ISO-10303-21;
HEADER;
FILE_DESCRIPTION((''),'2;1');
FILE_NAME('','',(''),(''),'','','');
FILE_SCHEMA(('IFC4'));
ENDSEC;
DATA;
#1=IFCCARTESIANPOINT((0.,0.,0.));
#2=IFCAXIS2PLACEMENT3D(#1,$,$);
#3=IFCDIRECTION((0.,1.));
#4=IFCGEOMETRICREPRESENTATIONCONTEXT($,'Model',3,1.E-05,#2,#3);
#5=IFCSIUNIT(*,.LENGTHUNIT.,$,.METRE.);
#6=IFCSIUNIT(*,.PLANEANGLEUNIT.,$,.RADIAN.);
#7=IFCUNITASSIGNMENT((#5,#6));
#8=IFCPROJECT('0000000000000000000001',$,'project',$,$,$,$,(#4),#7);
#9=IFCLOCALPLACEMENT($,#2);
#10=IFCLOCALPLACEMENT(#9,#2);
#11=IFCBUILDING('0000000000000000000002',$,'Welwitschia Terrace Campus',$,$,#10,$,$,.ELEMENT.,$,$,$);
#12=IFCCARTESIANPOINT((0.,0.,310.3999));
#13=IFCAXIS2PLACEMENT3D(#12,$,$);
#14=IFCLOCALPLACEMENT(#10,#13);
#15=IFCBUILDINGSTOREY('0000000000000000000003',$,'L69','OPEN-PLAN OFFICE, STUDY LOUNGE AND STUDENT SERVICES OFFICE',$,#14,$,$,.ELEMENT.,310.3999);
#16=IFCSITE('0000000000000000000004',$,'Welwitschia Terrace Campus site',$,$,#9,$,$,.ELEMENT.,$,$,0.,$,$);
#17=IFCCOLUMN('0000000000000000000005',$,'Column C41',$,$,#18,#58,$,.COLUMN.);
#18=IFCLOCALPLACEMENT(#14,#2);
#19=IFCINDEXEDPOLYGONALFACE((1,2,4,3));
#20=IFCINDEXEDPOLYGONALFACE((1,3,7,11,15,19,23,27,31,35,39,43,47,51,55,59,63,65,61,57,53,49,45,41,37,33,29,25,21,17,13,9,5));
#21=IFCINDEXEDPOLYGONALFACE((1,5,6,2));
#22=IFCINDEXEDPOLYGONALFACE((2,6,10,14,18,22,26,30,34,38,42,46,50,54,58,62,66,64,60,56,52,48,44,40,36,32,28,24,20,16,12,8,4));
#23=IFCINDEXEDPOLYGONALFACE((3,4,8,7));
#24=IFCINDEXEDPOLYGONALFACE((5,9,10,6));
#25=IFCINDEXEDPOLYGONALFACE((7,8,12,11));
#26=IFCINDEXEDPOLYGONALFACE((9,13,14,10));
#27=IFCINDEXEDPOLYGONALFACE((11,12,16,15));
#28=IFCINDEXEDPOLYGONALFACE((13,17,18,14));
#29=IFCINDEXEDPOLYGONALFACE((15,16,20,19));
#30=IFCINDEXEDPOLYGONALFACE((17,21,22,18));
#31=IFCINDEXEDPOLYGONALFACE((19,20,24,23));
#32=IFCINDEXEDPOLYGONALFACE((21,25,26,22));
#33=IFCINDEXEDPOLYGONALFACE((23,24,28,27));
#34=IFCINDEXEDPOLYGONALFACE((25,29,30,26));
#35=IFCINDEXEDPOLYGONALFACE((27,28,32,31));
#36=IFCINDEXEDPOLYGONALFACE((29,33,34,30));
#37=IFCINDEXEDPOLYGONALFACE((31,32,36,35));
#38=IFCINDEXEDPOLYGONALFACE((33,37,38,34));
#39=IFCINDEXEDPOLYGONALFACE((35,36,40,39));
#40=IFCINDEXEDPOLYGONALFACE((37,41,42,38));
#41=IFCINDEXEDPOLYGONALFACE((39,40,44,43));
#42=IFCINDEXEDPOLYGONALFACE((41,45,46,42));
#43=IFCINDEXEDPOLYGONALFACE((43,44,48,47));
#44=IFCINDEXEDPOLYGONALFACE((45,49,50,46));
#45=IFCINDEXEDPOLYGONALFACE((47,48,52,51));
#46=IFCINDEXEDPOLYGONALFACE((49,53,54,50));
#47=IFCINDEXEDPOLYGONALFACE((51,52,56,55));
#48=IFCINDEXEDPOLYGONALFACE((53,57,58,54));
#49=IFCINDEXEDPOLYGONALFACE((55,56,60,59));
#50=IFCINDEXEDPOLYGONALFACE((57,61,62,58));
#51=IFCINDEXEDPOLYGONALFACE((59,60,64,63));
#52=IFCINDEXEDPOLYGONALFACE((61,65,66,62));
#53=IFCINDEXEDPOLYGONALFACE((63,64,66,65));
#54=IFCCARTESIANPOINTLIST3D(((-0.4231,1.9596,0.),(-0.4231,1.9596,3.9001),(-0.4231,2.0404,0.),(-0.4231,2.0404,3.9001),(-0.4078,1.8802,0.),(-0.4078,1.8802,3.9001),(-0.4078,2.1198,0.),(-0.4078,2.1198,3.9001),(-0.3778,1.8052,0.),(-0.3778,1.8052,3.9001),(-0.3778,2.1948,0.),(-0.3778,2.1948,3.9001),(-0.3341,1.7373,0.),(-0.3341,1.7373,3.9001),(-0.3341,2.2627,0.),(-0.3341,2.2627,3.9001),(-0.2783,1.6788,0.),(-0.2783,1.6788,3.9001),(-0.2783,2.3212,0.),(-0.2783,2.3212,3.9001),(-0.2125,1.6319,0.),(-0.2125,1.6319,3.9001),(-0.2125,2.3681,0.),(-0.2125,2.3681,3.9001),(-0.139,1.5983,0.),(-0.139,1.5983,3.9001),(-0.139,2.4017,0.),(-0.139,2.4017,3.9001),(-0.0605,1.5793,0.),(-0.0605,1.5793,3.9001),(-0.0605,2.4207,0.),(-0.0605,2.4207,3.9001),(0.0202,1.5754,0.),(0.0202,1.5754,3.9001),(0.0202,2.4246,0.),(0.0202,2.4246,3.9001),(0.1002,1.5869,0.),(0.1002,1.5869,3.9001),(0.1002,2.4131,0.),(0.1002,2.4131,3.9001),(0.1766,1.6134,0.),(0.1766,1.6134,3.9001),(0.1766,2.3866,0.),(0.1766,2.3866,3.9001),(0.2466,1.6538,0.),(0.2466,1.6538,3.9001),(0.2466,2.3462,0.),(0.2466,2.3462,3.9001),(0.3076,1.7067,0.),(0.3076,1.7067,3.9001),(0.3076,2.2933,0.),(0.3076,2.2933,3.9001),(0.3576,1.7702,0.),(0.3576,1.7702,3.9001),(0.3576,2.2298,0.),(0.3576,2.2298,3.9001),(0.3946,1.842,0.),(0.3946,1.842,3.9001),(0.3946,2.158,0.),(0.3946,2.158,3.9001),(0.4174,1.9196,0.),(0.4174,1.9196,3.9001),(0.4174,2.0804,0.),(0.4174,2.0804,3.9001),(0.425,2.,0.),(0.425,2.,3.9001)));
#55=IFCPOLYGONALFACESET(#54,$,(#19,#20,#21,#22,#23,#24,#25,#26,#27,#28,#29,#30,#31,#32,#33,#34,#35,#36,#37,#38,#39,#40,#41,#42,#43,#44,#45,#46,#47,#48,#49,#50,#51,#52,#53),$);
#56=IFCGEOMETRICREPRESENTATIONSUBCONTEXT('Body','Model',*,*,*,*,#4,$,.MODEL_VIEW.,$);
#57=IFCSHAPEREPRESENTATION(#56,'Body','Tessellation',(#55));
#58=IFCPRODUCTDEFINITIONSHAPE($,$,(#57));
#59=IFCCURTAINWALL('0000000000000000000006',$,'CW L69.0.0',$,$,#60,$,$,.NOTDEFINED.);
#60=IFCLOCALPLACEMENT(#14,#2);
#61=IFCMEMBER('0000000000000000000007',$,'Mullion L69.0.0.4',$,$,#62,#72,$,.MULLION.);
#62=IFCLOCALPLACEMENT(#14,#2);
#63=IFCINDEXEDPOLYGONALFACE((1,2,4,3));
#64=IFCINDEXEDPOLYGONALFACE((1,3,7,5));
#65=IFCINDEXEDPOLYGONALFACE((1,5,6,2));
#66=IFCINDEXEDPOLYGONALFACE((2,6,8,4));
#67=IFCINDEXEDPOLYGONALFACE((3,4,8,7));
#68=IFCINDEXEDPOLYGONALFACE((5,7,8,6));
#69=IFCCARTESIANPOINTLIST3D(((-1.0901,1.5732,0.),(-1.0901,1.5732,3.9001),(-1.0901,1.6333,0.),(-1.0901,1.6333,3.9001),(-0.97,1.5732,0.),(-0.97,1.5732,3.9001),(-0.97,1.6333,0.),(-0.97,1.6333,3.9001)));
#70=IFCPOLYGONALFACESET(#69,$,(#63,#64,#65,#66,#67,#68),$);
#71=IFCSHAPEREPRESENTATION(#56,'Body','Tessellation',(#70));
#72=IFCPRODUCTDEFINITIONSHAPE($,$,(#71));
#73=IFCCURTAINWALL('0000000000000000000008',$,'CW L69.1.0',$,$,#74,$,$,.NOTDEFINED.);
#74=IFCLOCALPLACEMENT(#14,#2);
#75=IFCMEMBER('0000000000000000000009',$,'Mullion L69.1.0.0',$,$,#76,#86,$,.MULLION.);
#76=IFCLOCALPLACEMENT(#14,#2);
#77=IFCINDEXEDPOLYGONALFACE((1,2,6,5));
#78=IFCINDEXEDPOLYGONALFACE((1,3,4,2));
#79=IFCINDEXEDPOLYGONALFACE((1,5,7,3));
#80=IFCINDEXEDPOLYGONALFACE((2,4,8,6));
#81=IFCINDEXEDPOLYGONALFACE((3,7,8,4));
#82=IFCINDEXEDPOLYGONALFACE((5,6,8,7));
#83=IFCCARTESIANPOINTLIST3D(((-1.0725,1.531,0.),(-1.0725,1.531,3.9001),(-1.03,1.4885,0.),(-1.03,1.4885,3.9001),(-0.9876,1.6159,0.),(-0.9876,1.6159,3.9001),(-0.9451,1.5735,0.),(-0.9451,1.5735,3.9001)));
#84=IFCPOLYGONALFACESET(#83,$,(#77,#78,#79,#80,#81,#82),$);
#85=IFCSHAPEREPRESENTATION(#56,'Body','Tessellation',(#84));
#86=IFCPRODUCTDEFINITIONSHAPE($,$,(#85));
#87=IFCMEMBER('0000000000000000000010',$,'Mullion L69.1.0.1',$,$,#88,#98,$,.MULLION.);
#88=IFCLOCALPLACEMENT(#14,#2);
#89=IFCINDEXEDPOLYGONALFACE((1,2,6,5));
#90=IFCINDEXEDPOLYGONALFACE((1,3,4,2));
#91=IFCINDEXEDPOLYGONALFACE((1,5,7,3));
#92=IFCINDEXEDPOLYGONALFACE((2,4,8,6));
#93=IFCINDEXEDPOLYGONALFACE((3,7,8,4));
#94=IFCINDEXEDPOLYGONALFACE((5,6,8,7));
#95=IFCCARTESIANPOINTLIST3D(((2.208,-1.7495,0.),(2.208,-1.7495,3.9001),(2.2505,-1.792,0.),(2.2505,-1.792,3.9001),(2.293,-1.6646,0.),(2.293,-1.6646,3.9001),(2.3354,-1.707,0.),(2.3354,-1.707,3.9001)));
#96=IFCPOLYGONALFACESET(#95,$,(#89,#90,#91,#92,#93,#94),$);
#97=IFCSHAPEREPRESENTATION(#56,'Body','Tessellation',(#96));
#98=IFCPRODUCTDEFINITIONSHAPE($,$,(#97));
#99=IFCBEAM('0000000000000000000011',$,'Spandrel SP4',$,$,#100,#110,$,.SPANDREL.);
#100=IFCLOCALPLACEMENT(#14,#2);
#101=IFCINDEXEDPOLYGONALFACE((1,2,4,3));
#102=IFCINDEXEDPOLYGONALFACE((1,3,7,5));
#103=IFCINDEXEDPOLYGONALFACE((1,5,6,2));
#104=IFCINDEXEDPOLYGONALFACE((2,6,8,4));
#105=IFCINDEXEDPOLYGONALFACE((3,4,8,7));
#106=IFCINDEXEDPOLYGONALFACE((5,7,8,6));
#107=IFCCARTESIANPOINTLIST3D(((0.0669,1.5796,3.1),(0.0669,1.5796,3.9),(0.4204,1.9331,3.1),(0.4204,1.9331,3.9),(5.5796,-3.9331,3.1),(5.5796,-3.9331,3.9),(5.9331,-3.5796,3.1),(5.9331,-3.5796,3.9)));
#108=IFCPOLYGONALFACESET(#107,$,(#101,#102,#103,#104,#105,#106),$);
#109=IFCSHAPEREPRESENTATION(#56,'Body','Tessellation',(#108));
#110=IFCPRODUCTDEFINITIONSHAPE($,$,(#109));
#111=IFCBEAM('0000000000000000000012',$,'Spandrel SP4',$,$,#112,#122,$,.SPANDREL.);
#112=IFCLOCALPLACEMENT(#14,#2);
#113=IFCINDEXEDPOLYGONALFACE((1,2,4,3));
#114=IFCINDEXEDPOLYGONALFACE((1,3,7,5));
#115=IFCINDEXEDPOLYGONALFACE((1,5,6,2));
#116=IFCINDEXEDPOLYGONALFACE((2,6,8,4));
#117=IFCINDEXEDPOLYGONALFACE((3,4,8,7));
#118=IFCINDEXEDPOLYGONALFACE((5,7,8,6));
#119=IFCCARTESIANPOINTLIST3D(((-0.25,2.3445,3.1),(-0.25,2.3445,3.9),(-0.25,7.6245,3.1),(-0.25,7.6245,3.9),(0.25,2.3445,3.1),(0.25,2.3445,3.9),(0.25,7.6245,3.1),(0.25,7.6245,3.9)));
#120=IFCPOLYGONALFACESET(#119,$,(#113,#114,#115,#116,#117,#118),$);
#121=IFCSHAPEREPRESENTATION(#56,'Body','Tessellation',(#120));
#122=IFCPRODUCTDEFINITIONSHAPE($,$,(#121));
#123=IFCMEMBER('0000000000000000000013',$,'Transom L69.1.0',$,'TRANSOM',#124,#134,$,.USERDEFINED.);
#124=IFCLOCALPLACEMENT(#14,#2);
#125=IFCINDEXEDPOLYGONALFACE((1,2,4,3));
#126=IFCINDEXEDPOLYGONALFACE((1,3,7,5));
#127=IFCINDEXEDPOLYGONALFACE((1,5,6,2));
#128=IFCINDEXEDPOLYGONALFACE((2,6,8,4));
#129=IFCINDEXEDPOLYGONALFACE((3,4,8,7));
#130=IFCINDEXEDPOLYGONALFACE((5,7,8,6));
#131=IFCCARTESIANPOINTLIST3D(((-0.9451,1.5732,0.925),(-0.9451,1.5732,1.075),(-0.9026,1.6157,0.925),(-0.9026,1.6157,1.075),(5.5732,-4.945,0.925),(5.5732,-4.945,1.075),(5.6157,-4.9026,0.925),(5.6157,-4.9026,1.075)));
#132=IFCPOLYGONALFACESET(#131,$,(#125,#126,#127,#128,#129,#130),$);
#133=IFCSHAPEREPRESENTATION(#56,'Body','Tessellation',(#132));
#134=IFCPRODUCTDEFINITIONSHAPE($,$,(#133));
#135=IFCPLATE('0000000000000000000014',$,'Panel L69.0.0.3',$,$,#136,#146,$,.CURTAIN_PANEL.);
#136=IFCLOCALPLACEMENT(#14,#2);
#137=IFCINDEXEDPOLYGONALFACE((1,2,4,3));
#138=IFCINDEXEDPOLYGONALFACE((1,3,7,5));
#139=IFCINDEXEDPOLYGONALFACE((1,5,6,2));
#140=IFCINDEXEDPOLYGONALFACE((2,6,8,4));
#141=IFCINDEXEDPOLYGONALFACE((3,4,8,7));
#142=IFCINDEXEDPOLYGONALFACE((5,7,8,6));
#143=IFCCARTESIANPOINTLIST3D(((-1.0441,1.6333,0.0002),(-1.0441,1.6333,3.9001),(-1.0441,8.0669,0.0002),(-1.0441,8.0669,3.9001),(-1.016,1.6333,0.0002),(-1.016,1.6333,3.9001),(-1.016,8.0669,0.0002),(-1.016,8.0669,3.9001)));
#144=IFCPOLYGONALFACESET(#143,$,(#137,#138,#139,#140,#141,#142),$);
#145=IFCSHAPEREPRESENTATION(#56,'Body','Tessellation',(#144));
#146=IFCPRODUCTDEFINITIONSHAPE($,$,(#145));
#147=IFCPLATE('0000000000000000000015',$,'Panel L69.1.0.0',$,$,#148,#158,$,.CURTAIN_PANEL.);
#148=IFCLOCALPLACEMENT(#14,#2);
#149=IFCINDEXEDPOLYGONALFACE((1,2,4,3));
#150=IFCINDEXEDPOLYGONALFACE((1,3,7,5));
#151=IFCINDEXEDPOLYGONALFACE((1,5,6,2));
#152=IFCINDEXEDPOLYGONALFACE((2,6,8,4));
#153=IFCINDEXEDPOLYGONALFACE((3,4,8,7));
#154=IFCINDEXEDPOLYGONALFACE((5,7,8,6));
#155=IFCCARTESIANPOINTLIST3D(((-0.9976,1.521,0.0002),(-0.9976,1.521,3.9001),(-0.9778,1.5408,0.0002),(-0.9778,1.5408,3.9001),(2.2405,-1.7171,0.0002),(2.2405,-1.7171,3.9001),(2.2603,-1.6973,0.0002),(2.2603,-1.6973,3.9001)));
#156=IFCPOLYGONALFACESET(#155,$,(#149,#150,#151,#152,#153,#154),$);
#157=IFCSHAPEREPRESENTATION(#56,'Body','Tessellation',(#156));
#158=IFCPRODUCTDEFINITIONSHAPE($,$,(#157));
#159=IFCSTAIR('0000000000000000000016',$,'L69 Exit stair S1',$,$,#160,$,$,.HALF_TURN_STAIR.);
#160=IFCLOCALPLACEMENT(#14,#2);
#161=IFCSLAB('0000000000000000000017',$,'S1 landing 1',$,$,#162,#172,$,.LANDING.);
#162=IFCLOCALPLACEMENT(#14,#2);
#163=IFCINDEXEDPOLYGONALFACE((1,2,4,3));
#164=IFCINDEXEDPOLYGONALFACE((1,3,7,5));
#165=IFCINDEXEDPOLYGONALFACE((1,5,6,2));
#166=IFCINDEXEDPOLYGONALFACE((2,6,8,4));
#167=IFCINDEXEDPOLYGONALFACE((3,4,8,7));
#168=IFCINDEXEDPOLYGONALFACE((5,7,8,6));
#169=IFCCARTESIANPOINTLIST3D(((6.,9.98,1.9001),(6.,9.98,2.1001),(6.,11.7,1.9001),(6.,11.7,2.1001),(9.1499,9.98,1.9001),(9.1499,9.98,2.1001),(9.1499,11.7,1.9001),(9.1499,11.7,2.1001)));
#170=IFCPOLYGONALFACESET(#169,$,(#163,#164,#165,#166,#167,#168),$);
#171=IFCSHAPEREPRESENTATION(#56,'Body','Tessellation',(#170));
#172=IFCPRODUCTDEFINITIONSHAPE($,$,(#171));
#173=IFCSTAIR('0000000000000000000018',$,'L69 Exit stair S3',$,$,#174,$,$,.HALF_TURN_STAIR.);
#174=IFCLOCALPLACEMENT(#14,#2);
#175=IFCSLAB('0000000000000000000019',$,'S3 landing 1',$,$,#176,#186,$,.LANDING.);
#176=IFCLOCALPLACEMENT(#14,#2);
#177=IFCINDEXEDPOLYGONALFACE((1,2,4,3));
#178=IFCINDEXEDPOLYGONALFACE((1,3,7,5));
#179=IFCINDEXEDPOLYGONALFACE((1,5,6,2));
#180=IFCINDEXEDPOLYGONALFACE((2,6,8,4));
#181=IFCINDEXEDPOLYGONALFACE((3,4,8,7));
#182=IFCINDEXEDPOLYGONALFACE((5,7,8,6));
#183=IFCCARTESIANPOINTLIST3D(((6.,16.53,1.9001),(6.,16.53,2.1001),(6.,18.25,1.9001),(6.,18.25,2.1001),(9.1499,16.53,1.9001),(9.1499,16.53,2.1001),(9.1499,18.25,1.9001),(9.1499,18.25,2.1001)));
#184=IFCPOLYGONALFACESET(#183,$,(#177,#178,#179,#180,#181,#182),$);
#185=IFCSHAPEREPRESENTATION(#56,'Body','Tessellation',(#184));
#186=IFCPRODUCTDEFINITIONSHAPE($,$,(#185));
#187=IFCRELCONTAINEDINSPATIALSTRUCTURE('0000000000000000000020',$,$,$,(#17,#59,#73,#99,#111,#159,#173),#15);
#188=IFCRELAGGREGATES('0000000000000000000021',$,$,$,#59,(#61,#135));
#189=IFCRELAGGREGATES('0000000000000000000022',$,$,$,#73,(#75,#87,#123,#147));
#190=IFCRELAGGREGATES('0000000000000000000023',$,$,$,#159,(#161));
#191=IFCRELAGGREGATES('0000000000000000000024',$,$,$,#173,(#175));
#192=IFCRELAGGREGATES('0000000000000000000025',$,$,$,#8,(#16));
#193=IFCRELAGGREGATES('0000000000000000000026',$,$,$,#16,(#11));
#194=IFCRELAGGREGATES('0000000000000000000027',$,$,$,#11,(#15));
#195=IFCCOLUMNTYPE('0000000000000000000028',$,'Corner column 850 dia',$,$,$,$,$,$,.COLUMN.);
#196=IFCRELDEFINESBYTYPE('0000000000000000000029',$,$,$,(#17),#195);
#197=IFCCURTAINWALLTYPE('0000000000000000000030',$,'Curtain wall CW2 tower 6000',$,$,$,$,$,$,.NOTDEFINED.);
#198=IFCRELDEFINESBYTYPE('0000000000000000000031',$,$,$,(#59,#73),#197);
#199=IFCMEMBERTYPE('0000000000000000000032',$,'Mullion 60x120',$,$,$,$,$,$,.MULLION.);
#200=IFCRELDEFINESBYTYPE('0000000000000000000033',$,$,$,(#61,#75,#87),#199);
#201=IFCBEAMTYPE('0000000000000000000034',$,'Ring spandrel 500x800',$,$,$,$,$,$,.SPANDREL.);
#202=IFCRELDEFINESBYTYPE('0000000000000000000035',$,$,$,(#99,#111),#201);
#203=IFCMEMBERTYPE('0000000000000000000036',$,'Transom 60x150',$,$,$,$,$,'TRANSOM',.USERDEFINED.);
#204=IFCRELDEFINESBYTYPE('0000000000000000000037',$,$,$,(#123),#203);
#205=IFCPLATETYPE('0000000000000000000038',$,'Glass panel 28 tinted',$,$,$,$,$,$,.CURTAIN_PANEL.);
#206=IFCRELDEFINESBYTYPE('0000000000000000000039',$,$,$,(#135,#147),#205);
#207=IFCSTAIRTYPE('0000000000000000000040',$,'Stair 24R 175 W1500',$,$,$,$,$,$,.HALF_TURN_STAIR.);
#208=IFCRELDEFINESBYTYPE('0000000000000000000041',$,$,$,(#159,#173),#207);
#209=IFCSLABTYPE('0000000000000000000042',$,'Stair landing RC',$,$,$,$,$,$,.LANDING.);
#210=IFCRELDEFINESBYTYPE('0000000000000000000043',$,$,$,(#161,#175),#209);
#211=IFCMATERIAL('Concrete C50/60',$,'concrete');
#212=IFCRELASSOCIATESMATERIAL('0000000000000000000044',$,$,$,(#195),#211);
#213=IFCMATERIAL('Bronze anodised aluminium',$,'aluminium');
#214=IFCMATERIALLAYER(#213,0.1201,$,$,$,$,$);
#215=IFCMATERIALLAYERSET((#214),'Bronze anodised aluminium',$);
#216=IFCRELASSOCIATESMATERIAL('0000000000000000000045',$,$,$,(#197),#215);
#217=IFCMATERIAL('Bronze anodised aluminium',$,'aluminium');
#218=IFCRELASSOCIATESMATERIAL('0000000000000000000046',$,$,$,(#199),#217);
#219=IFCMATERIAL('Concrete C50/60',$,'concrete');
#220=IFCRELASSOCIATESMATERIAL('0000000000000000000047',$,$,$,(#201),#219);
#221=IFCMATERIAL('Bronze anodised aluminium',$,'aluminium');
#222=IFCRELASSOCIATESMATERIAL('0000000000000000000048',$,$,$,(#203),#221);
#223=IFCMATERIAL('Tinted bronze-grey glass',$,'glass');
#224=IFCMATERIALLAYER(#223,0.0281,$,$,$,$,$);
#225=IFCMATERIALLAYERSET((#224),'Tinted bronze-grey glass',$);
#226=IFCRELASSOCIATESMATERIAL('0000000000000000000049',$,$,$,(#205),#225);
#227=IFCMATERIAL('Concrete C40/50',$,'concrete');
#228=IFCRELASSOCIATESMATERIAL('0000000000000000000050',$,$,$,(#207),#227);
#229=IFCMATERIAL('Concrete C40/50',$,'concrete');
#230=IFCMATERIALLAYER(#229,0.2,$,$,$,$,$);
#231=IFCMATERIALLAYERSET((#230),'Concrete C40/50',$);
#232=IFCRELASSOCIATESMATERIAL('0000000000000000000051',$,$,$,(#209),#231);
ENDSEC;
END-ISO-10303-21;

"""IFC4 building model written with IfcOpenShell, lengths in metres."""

from ifc_helpers import new_model, si_unit, direction, frame, origin, origin_2d, place, context, subcontext, project, spatial, polyline, rectangle, circle, outline, extrude, material, layer, layer_set, material_profile, profile_set, type_object, element, aggregate, save


model = new_model("IFC4")

# Units and contexts
model_context = context("Model", 3, precision=1e-05, world=origin(), true_north=direction((0.0, 1.0)))
body_context = subcontext(model_context, "Body", "Model", "MODEL_VIEW")
ifc_project = project(units=[si_unit("LENGTHUNIT", "METRE"), si_unit("PLANEANGLEUNIT", "RADIAN")], contexts=[model_context])

# Site, building, storey
site_placement = place(None, origin())
site = spatial("IfcSite", under=ifc_project, at=site_placement, Name="Welwitschia Terrace Campus site", CompositionType="ELEMENT", RefElevation=0.0)
building_placement = place(site_placement, origin())
building = spatial("IfcBuilding", under=site, at=building_placement, Name="Welwitschia Terrace Campus", CompositionType="ELEMENT")
storey_placement = place(building_placement, frame((0.0, 0.0, 310.3999)))
storey = spatial("IfcBuildingStorey", under=building, at=storey_placement, Name="L69", Description="OPEN-PLAN OFFICE, STUDY LOUNGE AND STUDENT SERVICES OFFICE", CompositionType="ELEMENT", Elevation=310.3999)

# Column
ifc_material_1 = material(Name="Concrete C50/60", Category="concrete")
ifc_material_profile_1 = material_profile(ifc_material_1, circle(Radius=0.425, at=origin_2d()))
ifc_profile_set_1 = profile_set([ifc_material_profile_1], Name="Concrete C50/60")
column_type = type_object("IfcColumnType", Name="Corner column 850 dia", PredefinedType="COLUMN", material=ifc_profile_set_1)
column_placement = place(storey_placement, frame((0.0, 2.0, 0.0), z_axis=(0.0, 0.0, 1.0), x_axis=(1.0, 0.0, 0.0)))
element("IfcColumn", 1, at=column_placement, inside=storey, type_object=column_type, Name="Column C41", PredefinedType="COLUMN", context=body_context, shape_type="SweptSolid", body=[
    extrude(circle(Radius=0.425, at=origin_2d()), origin(), (0.0, 0.0, 1.0), 3.9001),
])

# Curtain wall, member
ifc_material_2 = material(Name="Bronze anodised aluminium", Category="aluminium")
ifc_layer_1 = layer(ifc_material_2, 0.1201)
ifc_layer_set_1 = layer_set([ifc_layer_1], Name="Bronze anodised aluminium")
curtain_wall_type = type_object("IfcCurtainWallType", Name="Curtain wall CW2 tower 6000", PredefinedType="NOTDEFINED", material=ifc_layer_set_1)
curtain_wall_1_placement = place(storey_placement, origin())
curtain_wall_1 = element("IfcCurtainWall", 2, at=curtain_wall_1_placement, inside=storey, type_object=curtain_wall_type, Name="CW L69.0.0", PredefinedType="NOTDEFINED")
ifc_material_3 = material(Name="Bronze anodised aluminium", Category="aluminium")
ifc_material_profile_2 = material_profile(ifc_material_3, rectangle(XDim=0.1201, YDim=0.0601, at=origin_2d()))
ifc_profile_set_2 = profile_set([ifc_material_profile_2], Name="Bronze anodised aluminium")
member_type_1 = type_object("IfcMemberType", Name="Mullion 60x120", PredefinedType="MULLION", material=ifc_profile_set_2)
member_1_placement = place(storey_placement, frame((-1.03, 1.6033, 0.0), z_axis=(0.0, 0.0, 1.0), x_axis=(1.0, 0.0, 0.0)))
member_1 = element("IfcMember", 3, at=member_1_placement, type_object=member_type_1, Name="Mullion L69.0.0.4", PredefinedType="MULLION", context=body_context, shape_type="SweptSolid", body=[
    extrude(rectangle(XDim=0.1201, YDim=0.0601, at=origin_2d()), origin(), (0.0, 0.0, 1.0), 3.9001),
])

# Curtain wall, members
curtain_wall_2_placement = place(storey_placement, origin())
curtain_wall_2 = element("IfcCurtainWall", 4, at=curtain_wall_2_placement, inside=storey, type_object=curtain_wall_type, Name="CW L69.1.0", PredefinedType="NOTDEFINED")
member_2_placement = place(storey_placement, frame((-1.0088, 1.5522, 0.0), z_axis=(0.0, 0.0, 1.0), x_axis=(0.707107, 0.707107, 0.0)))
member_2 = element("IfcMember", 5, at=member_2_placement, type_object=member_type_1, Name="Mullion L69.1.0.0", PredefinedType="MULLION", context=body_context, shape_type="SweptSolid", body=[
    extrude(rectangle(XDim=0.1201, YDim=0.0601, at=origin_2d()), origin(), (0.0, 0.0, 1.0), 3.9001),
])
member_3_placement = place(storey_placement, frame((2.2717, -1.7283, 0.0), z_axis=(0.0, 0.0, 1.0), x_axis=(0.707107, 0.707107, 0.0)))
member_3 = element("IfcMember", 6, at=member_3_placement, type_object=member_type_1, Name="Mullion L69.1.0.1", PredefinedType="MULLION", context=body_context, shape_type="SweptSolid", body=[
    extrude(rectangle(XDim=0.1201, YDim=0.0601, at=origin_2d()), origin(), (0.0, 0.0, 1.0), 3.9001),
])

# Beams
ifc_material_4 = material(Name="Concrete C50/60", Category="concrete")
ifc_material_profile_3 = material_profile(ifc_material_4, rectangle(XDim=0.5, YDim=0.8, at=origin_2d()))
ifc_profile_set_3 = profile_set([ifc_material_profile_3], Name="Concrete C50/60")
beam_type = type_object("IfcBeamType", Name="Ring spandrel 500x800", PredefinedType="SPANDREL", material=ifc_profile_set_3)
beam_1_placement = place(storey_placement, frame((0.2437, 1.7563, 3.5), z_axis=(0.707107, -0.707107, 0.0), x_axis=(0.707107, 0.707107, 0.0)))
element("IfcBeam", 7, at=beam_1_placement, inside=storey, type_object=beam_type, Name="Spandrel SP4", PredefinedType="SPANDREL", context=body_context, shape_type="SweptSolid", body=[
    extrude(rectangle(XDim=0.5, YDim=0.8, at=origin_2d()), origin(), (0.0, 0.0, 1.0), 7.7961),
])
beam_2_placement = place(storey_placement, frame((0.0, 7.6245, 3.5), z_axis=(0.0, -1.0, 0.0), x_axis=(1.0, 0.0, 0.0)))
element("IfcBeam", 8, at=beam_2_placement, inside=storey, type_object=beam_type, Name="Spandrel SP4", PredefinedType="SPANDREL", context=body_context, shape_type="SweptSolid", body=[
    extrude(rectangle(XDim=0.5, YDim=0.8, at=origin_2d()), origin(), (0.0, 0.0, 1.0), 5.28),
])

# Member
ifc_material_5 = material(Name="Bronze anodised aluminium", Category="aluminium")
ifc_material_profile_4 = material_profile(ifc_material_5, rectangle(XDim=0.0601, YDim=0.1499, at=origin_2d()))
ifc_profile_set_4 = profile_set([ifc_material_profile_4], Name="Bronze anodised aluminium")
member_type_2 = type_object("IfcMemberType", Name="Transom 60x150", ElementType="TRANSOM", PredefinedType="USERDEFINED", material=ifc_profile_set_4)
member_4_placement = place(storey_placement, frame((-0.9238, 1.5945, 1.0), z_axis=(0.707107, -0.707107, 0.0), x_axis=(0.707107, 0.707107, 0.0)))
member_4 = element("IfcMember", 9, at=member_4_placement, type_object=member_type_2, Name="Transom L69.1.0", ObjectType="TRANSOM", PredefinedType="USERDEFINED", context=body_context, shape_type="SweptSolid", body=[
    extrude(rectangle(XDim=0.0601, YDim=0.1499, at=origin_2d()), origin(), (0.0, 0.0, 1.0), 9.2183),
])

# Plates
ifc_material_6 = material(Name="Tinted bronze-grey glass", Category="glass")
ifc_layer_2 = layer(ifc_material_6, 0.0281)
ifc_layer_set_2 = layer_set([ifc_layer_2], Name="Tinted bronze-grey glass")
plate_type = type_object("IfcPlateType", Name="Glass panel 28 tinted", PredefinedType="CURTAIN_PANEL", material=ifc_layer_set_2)
plate_1_placement = place(storey_placement, frame((-1.03, 4.8501, 0.0002), z_axis=(0.0, 0.0, 1.0), x_axis=(0.0, -1.0, 0.0)))
plate_1 = element("IfcPlate", 10, at=plate_1_placement, type_object=plate_type, Name="Panel L69.0.0.3", PredefinedType="CURTAIN_PANEL", context=body_context, shape_type="SweptSolid", body=[
    extrude(rectangle(XDim=6.4336, YDim=0.0281, at=origin_2d()), origin(), (0.0, 0.0, 1.0), 3.8999),
])
aggregate(curtain_wall_1, [member_1, plate_1])
plate_2_placement = place(storey_placement, frame((0.6313, -0.0881, 0.0002), z_axis=(0.0, 0.0, 1.0), x_axis=(0.707107, -0.707107, 0.0)))
plate_2 = element("IfcPlate", 11, at=plate_2_placement, type_object=plate_type, Name="Panel L69.1.0.0", PredefinedType="CURTAIN_PANEL", context=body_context, shape_type="SweptSolid", body=[
    extrude(rectangle(XDim=4.5793, YDim=0.0281, at=origin_2d()), origin(), (0.0, 0.0, 1.0), 3.8999),
])
aggregate(curtain_wall_2, [member_2, member_3, member_4, plate_2])

# Stairs, slabs
ifc_material_7 = material(Name="Concrete C40/50", Category="concrete")
stair_type = type_object("IfcStairType", Name="Stair 24R 175 W1500", PredefinedType="HALF_TURN_STAIR", material=ifc_material_7)
stair_1_placement = place(storey_placement, origin())
stair_1 = element("IfcStair", 12, at=stair_1_placement, inside=storey, type_object=stair_type, Name="L69 Exit stair S1", PredefinedType="HALF_TURN_STAIR")
ifc_material_8 = material(Name="Concrete C40/50", Category="concrete")
ifc_layer_3 = layer(ifc_material_8, 0.2)
ifc_layer_set_3 = layer_set([ifc_layer_3], Name="Concrete C40/50")
slab_type_1 = type_object("IfcSlabType", Name="Stair landing RC", PredefinedType="LANDING", material=ifc_layer_set_3)
slab_1_placement = place(storey_placement, frame((0.0, 0.0, 1.9001)))
slab_1 = element("IfcSlab", 13, at=slab_1_placement, type_object=slab_type_1, Name="S1 landing 1", PredefinedType="LANDING", context=body_context, shape_type="SweptSolid", body=[
    extrude(outline(polyline([(9.1499, 9.98), (9.1499, 11.7), (6.0, 11.7), (6.0, 9.98), (9.1499, 9.98)])), origin(), (0.0, 0.0, 1.0), 0.2),
])
aggregate(stair_1, [slab_1])
stair_2_placement = place(storey_placement, origin())
stair_2 = element("IfcStair", 14, at=stair_2_placement, inside=storey, type_object=stair_type, Name="L69 Exit stair S3", PredefinedType="HALF_TURN_STAIR")
slab_2_placement = place(storey_placement, frame((0.0, 0.0, 1.9001)))
slab_2 = element("IfcSlab", 15, at=slab_2_placement, type_object=slab_type_1, Name="S3 landing 1", PredefinedType="LANDING", context=body_context, shape_type="SweptSolid", body=[
    extrude(outline(polyline([(9.1499, 16.53), (9.1499, 18.25), (6.0, 18.25), (6.0, 16.53), (9.1499, 16.53)])), origin(), (0.0, 0.0, 1.0), 0.2),
])
aggregate(stair_2, [slab_2])

save(model, "model.ifc")
